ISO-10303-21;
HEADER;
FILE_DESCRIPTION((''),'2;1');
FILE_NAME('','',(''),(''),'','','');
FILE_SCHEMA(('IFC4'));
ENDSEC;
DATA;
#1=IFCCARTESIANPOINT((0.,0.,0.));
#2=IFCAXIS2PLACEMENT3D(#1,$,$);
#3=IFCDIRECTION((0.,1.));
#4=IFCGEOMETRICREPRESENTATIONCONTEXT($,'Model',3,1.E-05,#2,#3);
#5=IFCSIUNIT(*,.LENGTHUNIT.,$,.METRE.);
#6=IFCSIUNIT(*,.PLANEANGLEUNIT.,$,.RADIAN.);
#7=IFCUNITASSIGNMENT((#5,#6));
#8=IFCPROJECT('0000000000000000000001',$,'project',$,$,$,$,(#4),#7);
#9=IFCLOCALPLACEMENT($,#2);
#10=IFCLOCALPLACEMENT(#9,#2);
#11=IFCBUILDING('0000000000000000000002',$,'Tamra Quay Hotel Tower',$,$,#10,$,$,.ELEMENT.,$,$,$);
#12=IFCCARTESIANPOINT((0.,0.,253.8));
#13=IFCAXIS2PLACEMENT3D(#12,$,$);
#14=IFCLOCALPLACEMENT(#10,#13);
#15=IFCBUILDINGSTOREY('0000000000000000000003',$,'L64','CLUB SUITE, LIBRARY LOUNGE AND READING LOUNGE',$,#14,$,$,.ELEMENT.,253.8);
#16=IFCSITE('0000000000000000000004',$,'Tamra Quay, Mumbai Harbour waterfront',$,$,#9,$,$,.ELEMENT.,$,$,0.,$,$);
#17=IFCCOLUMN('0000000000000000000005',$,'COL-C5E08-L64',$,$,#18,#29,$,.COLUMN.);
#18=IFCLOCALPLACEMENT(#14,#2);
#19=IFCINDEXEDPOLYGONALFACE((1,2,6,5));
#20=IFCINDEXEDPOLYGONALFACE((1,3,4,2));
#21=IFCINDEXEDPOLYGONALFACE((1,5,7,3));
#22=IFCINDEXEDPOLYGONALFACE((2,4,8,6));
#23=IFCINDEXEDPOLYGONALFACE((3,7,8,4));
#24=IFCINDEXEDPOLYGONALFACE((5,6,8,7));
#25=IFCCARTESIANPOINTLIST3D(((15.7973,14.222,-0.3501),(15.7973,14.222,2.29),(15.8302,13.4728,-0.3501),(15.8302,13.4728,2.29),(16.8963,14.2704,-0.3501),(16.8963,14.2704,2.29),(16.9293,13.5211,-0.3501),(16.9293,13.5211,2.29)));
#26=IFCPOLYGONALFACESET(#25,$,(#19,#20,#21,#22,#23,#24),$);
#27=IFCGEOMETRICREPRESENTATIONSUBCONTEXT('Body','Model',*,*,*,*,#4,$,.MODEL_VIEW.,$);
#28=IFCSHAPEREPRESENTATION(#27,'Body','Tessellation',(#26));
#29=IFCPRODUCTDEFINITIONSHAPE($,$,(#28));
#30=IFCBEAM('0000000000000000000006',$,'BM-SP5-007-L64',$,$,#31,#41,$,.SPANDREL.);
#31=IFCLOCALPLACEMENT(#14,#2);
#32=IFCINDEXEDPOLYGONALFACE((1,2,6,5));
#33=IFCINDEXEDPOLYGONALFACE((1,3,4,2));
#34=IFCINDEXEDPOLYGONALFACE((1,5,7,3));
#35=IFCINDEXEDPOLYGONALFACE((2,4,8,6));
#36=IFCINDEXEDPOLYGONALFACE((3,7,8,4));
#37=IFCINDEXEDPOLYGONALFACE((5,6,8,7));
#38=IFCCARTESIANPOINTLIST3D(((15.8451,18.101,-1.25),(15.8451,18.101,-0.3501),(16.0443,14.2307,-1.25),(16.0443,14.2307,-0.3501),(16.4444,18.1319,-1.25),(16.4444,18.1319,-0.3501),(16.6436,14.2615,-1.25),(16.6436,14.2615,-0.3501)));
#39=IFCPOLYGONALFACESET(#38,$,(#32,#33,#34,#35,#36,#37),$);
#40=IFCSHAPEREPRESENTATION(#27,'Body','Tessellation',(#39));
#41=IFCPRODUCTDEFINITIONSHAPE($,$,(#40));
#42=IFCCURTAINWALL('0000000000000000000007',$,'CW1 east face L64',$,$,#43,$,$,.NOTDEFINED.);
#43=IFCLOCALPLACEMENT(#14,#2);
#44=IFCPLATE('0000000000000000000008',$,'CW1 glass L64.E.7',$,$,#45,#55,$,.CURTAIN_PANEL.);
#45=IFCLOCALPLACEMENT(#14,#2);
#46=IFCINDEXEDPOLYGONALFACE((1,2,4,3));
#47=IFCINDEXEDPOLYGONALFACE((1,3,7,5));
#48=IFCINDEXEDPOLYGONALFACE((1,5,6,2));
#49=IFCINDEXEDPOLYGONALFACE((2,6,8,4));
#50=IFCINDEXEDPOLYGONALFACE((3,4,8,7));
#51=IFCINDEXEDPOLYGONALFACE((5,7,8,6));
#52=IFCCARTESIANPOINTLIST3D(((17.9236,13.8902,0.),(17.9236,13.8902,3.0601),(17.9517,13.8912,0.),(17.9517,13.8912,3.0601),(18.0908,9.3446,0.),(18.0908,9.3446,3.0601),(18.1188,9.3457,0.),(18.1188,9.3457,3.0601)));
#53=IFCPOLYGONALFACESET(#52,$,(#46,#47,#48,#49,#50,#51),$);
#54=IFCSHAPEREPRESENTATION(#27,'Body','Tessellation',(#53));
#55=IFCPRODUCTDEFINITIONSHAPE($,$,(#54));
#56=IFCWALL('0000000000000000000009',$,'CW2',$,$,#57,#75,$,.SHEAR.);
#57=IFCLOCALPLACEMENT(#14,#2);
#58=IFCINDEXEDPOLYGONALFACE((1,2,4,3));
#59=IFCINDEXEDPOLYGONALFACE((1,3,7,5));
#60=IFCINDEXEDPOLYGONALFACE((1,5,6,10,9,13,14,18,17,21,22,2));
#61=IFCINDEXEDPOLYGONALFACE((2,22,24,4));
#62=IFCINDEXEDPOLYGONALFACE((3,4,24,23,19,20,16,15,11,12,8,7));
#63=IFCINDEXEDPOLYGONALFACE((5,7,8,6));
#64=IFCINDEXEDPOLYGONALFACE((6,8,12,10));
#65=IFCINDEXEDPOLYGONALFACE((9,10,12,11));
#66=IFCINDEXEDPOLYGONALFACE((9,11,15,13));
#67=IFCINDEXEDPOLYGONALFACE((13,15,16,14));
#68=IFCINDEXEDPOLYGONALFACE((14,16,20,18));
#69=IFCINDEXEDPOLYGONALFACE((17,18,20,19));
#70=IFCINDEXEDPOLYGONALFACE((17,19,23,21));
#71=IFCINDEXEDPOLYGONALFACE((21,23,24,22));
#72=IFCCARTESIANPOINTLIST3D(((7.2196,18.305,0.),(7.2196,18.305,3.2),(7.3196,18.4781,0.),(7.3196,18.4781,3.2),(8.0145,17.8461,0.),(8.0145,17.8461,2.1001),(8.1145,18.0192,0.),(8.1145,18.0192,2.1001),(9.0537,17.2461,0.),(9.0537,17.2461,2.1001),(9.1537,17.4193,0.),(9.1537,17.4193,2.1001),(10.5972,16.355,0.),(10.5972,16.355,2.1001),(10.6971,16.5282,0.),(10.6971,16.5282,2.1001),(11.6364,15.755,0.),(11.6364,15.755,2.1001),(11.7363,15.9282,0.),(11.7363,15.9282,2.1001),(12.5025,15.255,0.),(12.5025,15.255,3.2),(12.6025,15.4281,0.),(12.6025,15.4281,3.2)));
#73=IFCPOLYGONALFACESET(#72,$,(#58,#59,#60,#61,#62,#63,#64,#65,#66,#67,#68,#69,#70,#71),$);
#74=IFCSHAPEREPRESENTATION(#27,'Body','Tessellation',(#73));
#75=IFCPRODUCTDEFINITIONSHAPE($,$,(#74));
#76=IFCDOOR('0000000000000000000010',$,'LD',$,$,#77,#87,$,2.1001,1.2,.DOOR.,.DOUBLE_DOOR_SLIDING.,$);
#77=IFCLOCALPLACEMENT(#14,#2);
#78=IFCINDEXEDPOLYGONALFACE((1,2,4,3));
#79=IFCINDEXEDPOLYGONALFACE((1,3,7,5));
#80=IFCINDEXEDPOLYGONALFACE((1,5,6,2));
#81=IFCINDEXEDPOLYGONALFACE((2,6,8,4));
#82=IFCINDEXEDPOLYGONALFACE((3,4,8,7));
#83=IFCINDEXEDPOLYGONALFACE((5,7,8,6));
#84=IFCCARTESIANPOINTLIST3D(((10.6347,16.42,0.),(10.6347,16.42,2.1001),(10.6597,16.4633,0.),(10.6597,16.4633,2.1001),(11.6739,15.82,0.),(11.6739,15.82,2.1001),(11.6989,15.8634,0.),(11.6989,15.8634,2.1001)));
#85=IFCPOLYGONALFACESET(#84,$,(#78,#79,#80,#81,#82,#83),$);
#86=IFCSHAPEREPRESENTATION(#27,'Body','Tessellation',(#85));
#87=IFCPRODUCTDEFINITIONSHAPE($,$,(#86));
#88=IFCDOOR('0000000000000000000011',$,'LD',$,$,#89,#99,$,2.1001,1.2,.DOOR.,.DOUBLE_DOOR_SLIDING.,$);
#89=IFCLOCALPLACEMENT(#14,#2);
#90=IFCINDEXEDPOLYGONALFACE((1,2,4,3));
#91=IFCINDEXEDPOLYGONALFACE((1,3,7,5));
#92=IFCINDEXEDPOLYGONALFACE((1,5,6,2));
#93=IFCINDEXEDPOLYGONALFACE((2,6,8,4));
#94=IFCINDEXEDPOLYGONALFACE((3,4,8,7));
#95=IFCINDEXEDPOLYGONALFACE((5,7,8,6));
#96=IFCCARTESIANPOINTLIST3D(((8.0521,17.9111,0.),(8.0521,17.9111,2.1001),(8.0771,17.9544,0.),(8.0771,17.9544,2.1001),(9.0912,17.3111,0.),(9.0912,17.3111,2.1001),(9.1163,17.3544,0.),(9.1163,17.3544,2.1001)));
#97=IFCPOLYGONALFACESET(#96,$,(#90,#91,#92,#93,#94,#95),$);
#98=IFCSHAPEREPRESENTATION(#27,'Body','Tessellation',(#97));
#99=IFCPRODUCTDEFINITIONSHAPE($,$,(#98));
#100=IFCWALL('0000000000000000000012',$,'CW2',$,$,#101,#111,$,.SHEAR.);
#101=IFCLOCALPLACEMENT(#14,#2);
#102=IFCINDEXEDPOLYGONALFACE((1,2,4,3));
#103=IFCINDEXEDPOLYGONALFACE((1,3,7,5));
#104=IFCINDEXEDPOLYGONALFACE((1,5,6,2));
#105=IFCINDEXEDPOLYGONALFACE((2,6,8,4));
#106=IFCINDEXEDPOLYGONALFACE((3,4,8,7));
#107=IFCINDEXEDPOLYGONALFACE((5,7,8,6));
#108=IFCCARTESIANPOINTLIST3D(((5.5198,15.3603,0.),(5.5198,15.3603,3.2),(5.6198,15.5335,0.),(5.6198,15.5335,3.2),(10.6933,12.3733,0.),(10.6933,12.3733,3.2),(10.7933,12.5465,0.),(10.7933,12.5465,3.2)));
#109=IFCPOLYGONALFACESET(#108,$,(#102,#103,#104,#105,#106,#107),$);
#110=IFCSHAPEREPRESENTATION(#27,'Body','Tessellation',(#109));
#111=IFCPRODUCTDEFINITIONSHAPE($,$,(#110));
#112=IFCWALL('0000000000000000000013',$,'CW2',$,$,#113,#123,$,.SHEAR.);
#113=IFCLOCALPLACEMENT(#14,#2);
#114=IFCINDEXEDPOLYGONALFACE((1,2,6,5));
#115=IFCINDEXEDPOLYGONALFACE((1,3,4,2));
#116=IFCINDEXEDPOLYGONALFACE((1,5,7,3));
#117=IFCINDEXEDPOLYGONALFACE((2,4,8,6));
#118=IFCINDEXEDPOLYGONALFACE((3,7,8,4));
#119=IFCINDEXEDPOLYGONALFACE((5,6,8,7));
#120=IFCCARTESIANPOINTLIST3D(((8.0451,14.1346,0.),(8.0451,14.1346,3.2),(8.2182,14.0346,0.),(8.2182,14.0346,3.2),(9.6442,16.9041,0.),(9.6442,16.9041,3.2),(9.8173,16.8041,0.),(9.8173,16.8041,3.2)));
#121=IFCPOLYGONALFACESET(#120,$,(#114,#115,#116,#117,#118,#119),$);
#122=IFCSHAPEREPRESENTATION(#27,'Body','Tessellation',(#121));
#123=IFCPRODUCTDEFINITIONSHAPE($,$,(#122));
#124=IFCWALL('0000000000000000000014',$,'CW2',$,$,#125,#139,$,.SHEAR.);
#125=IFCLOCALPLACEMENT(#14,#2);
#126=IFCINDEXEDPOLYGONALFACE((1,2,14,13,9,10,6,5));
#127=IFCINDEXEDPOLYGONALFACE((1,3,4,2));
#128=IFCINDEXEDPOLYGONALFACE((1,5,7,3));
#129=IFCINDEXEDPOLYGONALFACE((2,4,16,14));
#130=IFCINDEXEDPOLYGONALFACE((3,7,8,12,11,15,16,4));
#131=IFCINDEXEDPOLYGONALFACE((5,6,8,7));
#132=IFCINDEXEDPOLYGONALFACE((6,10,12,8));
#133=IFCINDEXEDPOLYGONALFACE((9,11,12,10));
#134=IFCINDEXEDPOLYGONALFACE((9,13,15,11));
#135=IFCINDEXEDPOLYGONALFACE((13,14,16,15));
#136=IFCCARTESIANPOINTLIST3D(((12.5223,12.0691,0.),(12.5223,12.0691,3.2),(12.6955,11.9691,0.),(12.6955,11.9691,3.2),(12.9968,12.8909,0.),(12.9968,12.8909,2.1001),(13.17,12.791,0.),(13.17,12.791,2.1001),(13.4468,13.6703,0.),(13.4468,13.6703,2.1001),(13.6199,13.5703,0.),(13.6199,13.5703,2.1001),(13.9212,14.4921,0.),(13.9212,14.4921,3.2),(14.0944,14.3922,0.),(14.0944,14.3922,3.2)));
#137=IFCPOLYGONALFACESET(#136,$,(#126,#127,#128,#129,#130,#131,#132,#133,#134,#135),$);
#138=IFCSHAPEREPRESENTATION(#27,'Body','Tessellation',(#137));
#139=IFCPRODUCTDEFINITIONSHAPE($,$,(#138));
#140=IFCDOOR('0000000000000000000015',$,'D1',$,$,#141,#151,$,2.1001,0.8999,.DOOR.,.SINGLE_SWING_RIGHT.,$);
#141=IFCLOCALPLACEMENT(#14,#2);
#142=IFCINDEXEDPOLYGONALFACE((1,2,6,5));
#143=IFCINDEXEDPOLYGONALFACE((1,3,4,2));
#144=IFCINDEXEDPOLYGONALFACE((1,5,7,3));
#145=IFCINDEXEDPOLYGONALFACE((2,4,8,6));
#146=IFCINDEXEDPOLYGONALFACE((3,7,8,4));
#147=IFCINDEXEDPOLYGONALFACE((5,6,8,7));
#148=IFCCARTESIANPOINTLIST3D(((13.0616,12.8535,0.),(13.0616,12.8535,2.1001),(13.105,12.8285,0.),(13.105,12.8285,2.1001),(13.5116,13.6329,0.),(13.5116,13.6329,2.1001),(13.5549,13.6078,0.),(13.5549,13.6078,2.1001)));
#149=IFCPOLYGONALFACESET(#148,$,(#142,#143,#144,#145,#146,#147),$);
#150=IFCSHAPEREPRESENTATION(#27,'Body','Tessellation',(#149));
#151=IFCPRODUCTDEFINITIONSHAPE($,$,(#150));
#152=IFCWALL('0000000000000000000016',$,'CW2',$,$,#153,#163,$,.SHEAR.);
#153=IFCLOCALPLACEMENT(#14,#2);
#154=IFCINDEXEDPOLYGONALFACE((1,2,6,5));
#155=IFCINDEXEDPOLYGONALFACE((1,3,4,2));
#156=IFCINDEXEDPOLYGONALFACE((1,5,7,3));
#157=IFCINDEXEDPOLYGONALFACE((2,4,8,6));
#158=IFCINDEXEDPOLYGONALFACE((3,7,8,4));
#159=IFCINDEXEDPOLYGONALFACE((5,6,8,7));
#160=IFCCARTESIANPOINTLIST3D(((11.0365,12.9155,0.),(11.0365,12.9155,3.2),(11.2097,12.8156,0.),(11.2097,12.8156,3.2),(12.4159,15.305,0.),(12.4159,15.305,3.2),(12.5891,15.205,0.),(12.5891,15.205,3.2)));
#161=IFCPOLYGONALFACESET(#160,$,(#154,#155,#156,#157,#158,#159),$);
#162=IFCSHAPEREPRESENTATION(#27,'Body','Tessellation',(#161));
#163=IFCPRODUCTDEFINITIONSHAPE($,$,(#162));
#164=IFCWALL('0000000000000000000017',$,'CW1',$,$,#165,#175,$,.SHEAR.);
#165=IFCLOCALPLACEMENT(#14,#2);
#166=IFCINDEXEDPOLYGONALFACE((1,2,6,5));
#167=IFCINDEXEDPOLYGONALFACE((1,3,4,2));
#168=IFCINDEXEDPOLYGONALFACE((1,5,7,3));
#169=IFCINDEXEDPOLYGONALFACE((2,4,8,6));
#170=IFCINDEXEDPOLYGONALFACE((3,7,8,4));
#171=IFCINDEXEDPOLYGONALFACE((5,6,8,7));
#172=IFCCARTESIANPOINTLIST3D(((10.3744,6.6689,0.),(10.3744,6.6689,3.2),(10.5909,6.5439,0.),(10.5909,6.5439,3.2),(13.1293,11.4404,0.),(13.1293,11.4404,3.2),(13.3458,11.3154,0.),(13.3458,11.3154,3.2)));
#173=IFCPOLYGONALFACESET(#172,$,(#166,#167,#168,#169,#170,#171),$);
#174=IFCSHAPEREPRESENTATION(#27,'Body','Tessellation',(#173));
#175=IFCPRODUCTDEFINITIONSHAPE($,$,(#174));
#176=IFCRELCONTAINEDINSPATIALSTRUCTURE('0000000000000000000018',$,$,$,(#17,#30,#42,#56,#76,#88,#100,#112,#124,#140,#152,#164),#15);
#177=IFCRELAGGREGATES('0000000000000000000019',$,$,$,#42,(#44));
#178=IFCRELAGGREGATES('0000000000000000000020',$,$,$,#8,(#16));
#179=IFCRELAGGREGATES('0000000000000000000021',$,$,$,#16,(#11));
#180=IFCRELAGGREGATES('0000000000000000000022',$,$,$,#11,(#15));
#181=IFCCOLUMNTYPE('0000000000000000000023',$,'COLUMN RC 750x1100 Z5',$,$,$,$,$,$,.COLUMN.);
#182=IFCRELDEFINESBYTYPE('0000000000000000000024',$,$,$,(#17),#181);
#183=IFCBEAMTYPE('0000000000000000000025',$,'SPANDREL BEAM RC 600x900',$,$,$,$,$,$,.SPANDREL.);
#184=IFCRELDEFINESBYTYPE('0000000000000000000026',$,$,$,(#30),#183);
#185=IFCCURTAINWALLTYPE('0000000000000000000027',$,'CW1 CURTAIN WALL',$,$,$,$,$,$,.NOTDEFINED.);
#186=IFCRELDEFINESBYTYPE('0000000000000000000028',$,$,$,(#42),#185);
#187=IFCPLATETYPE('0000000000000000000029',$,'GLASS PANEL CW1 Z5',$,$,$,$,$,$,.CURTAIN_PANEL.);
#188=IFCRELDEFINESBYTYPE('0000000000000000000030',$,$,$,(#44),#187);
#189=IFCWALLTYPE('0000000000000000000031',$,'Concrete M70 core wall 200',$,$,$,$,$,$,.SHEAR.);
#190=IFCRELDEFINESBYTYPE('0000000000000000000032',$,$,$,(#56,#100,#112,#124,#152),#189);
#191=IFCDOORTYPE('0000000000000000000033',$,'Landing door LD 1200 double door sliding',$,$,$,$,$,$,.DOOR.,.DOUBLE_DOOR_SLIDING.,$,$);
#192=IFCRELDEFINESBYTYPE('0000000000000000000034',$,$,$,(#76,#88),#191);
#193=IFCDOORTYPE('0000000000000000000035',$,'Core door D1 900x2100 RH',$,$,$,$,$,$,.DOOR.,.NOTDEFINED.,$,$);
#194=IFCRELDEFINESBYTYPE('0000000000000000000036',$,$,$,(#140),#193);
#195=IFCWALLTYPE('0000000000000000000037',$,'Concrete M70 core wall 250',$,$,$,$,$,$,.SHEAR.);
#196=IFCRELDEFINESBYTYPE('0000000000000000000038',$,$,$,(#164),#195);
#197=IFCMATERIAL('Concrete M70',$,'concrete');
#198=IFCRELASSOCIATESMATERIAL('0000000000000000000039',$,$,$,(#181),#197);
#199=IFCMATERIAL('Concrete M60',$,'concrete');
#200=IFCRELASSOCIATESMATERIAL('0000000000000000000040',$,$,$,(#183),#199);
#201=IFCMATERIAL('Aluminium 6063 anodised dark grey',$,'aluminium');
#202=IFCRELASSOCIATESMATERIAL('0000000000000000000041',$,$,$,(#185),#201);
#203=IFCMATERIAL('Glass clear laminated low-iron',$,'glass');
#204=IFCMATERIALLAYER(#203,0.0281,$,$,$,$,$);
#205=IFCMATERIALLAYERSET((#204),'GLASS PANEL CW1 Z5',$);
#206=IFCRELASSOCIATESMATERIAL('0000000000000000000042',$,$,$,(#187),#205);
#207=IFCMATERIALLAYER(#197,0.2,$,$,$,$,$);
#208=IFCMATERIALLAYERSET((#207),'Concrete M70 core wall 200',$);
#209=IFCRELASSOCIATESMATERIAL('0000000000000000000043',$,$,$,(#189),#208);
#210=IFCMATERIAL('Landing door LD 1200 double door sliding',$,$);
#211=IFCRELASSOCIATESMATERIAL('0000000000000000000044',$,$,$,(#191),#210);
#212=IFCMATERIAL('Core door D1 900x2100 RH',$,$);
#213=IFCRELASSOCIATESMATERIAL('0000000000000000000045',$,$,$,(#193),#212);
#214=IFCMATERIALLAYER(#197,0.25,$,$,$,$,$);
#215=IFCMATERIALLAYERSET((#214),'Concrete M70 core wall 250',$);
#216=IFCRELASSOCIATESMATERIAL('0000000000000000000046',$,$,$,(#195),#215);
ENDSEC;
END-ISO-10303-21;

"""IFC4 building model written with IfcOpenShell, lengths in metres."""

from ifc_helpers import new_model, si_unit, direction, frame, frame_2d, origin, origin_2d, place, context, subcontext, project, spatial, rectangle, extrude, material, layer, layer_set, material_profile, profile_set, type_object, element, fill, aggregate, save


model = new_model("IFC4")

# Units and contexts
model_context = context("Model", 3, precision=1e-05, world=origin(), true_north=direction((0.0, 1.0)))
body_context = subcontext(model_context, "Body", "Model", "MODEL_VIEW")
ifc_project = project(units=[si_unit("LENGTHUNIT", "METRE"), si_unit("PLANEANGLEUNIT", "RADIAN")], contexts=[model_context])

# Site, building, storey
site_placement = place(None, origin())
site = spatial("IfcSite", under=ifc_project, at=site_placement, Name="Tamra Quay, Mumbai Harbour waterfront", CompositionType="ELEMENT", RefElevation=0.0)
building_placement = place(site_placement, origin())
building = spatial("IfcBuilding", under=site, at=building_placement, Name="Tamra Quay Hotel Tower", CompositionType="ELEMENT")
storey_placement = place(building_placement, frame((0.0, 0.0, 253.8)))
storey = spatial("IfcBuildingStorey", under=building, at=storey_placement, Name="L64", Description="CLUB SUITE, LIBRARY LOUNGE AND READING LOUNGE", CompositionType="ELEMENT", Elevation=253.8)

# Column
ifc_material_1 = material(Name="Concrete M70", Category="concrete")
ifc_material_profile_1 = material_profile(ifc_material_1, rectangle(XDim=1.1001, YDim=0.75, at=origin_2d()), Name="COLUMN RC 750x1100 Z5")
ifc_profile_set_1 = profile_set([ifc_material_profile_1], Name="Concrete M70")
column_type = type_object("IfcColumnType", Name="COLUMN RC 750x1100 Z5", PredefinedType="COLUMN", material=ifc_profile_set_1)
column_placement = place(storey_placement, frame((16.3633, 13.8716, -0.3501), z_axis=(0.0, 0.0, 1.0), x_axis=(0.999033, 0.043958, 0.0)))
element("IfcColumn", 1, at=column_placement, inside=storey, type_object=column_type, Name="COL-C5E08-L64", PredefinedType="COLUMN", context=body_context, shape_type="SweptSolid", body=[
    extrude(rectangle(XDim=1.1001, YDim=0.75, at=origin_2d()), origin(), (0.0, 0.0, 1.0), 2.6401),
])

# Beam
ifc_material_2 = material(Name="Concrete M60", Category="concrete")
ifc_material_profile_2 = material_profile(ifc_material_2, rectangle(XDim=0.6001, YDim=0.8999, at=origin_2d()), Name="SPANDREL BEAM RC 600x900")
ifc_profile_set_2 = profile_set([ifc_material_profile_2], Name="Concrete M60")
beam_type = type_object("IfcBeamType", Name="SPANDREL BEAM RC 600x900", PredefinedType="SPANDREL", material=ifc_profile_set_2)
beam_placement = place(storey_placement, frame((16.344, 14.2461, -0.8), z_axis=(-0.051405, 0.998678, 0.0), x_axis=(-0.998678, -0.051405, 0.0)))
element("IfcBeam", 2, at=beam_placement, inside=storey, type_object=beam_type, Name="BM-SP5-007-L64", PredefinedType="SPANDREL", context=body_context, shape_type="SweptSolid", body=[
    extrude(rectangle(XDim=0.6001, YDim=0.8999, at=origin_2d()), origin(), (0.0, 0.0, 1.0), 3.8755),
])

# Curtain wall, plate
ifc_material_3 = material(Name="Aluminium 6063 anodised dark grey", Category="aluminium")
curtain_wall_type = type_object("IfcCurtainWallType", Name="CW1 CURTAIN WALL", PredefinedType="NOTDEFINED", material=ifc_material_3)
curtain_wall_placement = place(storey_placement, origin())
curtain_wall = element("IfcCurtainWall", 3, at=curtain_wall_placement, inside=storey, type_object=curtain_wall_type, Name="CW1 east face L64", PredefinedType="NOTDEFINED")
ifc_material_4 = material(Name="Glass clear laminated low-iron", Category="glass")
ifc_layer_1 = layer(ifc_material_4, 0.0281)
ifc_layer_set_1 = layer_set([ifc_layer_1], Name="GLASS PANEL CW1 Z5")
plate_type = type_object("IfcPlateType", Name="GLASS PANEL CW1 Z5", PredefinedType="CURTAIN_PANEL", material=ifc_layer_set_1)
plate_placement = place(storey_placement, frame((18.0212, 11.6179, 0.0), z_axis=(0.0, 0.0, 1.0), x_axis=(-0.036745, 0.999325, 0.0)))
plate = element("IfcPlate", 4, at=plate_placement, type_object=plate_type, Name="CW1 glass L64.E.7", PredefinedType="CURTAIN_PANEL", context=body_context, shape_type="SweptSolid", body=[
    extrude(rectangle(XDim=4.5486, YDim=0.0281, at=origin_2d()), origin(), (0.0, 0.0, 1.0), 3.0601),
])
aggregate(curtain_wall, [plate])

# Wall, openings, doors
ifc_layer_2 = layer(ifc_material_1, 0.2)
ifc_layer_set_2 = layer_set([ifc_layer_2], Name="Concrete M70 core wall 200")
wall_type_1 = type_object("IfcWallType", Name="Concrete M70 core wall 200", PredefinedType="SHEAR", material=ifc_layer_set_2)
wall_1_placement = place(storey_placement, frame((12.5525, 15.3416, 0.0), z_axis=(0.0, 0.0, 1.0), x_axis=(-0.86603, 0.499992, 0.0)))
wall_1 = element("IfcWall", 5, at=wall_1_placement, inside=storey, type_object=wall_type_1, Name="CW2", PredefinedType="SHEAR", context=body_context, shape_type="SweptSolid", body=[
    extrude(rectangle(XDim=6.1001, YDim=0.2, at=frame_2d((3.05, 0.0))), origin(), (0.0, 0.0, 1.0), 3.2),
])
opening_1_placement = place(wall_1_placement, frame((1.0, 0.0, 0.0)))
opening_1 = element("IfcOpeningElement", 6, at=opening_1_placement, cuts=wall_1, PredefinedType="OPENING", context=body_context, shape_type="SweptSolid", body=[
    extrude(rectangle(XDim=1.2, YDim=2.1001, at=frame_2d((0.6001, 1.05))), frame((0.0, 0.1099, 0.0), z_axis=(0.0, -1.0, 0.0), x_axis=(1.0, 0.0, 0.0)), (0.0, 0.0, 1.0), 0.22),
])
opening_2_placement = place(wall_1_placement, frame((3.9822, 0.0, 0.0)))
opening_2 = element("IfcOpeningElement", 7, at=opening_2_placement, cuts=wall_1, PredefinedType="OPENING", context=body_context, shape_type="SweptSolid", body=[
    extrude(rectangle(XDim=1.2, YDim=2.1001, at=frame_2d((0.6001, 1.05))), frame((0.0, 0.1099, 0.0), z_axis=(0.0, -1.0, 0.0), x_axis=(1.0, 0.0, 0.0)), (0.0, 0.0, 1.0), 0.22),
])
ifc_material_5 = material(Name="Landing door LD 1200 double door sliding")
door_type_1 = type_object("IfcDoorType", Name="Landing door LD 1200 double door sliding", OperationType="DOUBLE_DOOR_SLIDING", PredefinedType="DOOR", material=ifc_material_5)
door_1_placement = place(opening_1_placement, origin())
door_1 = element("IfcDoor", 8, at=door_1_placement, inside=storey, type_object=door_type_1, Name="LD", OperationType="DOUBLE_DOOR_SLIDING", OverallHeight=2.1001, OverallWidth=1.2, PredefinedType="DOOR", context=body_context, shape_type="SweptSolid", body=[
    extrude(rectangle(XDim=1.2, YDim=2.1001, at=frame_2d((0.6001, 1.05))), frame((0.0, 0.0249, 0.0), z_axis=(0.0, -1.0, 0.0), x_axis=(1.0, 0.0, 0.0)), (0.0, 0.0, 1.0), 0.05),
])
fill(opening_1, door_1)
door_2_placement = place(opening_2_placement, origin())
door_2 = element("IfcDoor", 9, at=door_2_placement, inside=storey, type_object=door_type_1, Name="LD", OperationType="DOUBLE_DOOR_SLIDING", OverallHeight=2.1001, OverallWidth=1.2, PredefinedType="DOOR", context=body_context, shape_type="SweptSolid", body=[
    extrude(rectangle(XDim=1.2, YDim=2.1001, at=frame_2d((0.6001, 1.05))), frame((0.0, 0.0249, 0.0), z_axis=(0.0, -1.0, 0.0), x_axis=(1.0, 0.0, 0.0)), (0.0, 0.0, 1.0), 0.05),
])
fill(opening_2, door_2)

# Walls
wall_2_placement = place(storey_placement, frame((10.7432, 12.46, 0.0), z_axis=(0.0, 0.0, 1.0), x_axis=(-0.866019, 0.500011, 0.0)))
element("IfcWall", 10, at=wall_2_placement, inside=storey, type_object=wall_type_1, Name="CW2", PredefinedType="SHEAR", context=body_context, shape_type="SweptSolid", body=[
    extrude(rectangle(XDim=5.9739, YDim=0.2, at=frame_2d((2.9868, 0.0))), origin(), (0.0, 0.0, 1.0), 3.2),
])
wall_3_placement = place(storey_placement, frame((8.1316, 14.0845, 0.0), z_axis=(0.0, 0.0, 1.0), x_axis=(0.500031, 0.866008, 0.0)))
element("IfcWall", 11, at=wall_3_placement, inside=storey, type_object=wall_type_1, Name="CW2", PredefinedType="SHEAR", context=body_context, shape_type="SweptSolid", body=[
    extrude(rectangle(XDim=3.198, YDim=0.2, at=frame_2d((1.5991, 0.0))), origin(), (0.0, 0.0, 1.0), 3.2),
])

# Wall, opening, door
wall_4_placement = place(storey_placement, frame((14.0078, 14.4421, 0.0), z_axis=(0.0, 0.0, 1.0), x_axis=(-0.499987, -0.866033, 0.0)))
wall_4 = element("IfcWall", 12, at=wall_4_placement, inside=storey, type_object=wall_type_1, Name="CW2", PredefinedType="SHEAR", context=body_context, shape_type="SweptSolid", body=[
    extrude(rectangle(XDim=2.7979, YDim=0.2, at=frame_2d((1.3989, 0.0))), origin(), (0.0, 0.0, 1.0), 3.2),
])
opening_3_placement = place(wall_4_placement, frame((0.949, 0.0, 0.0)))
opening_3 = element("IfcOpeningElement", 13, at=opening_3_placement, cuts=wall_4, PredefinedType="OPENING", context=body_context, shape_type="SweptSolid", body=[
    extrude(rectangle(XDim=0.8999, YDim=2.1001, at=frame_2d((0.45, 1.05))), frame((0.0, 0.1099, 0.0), z_axis=(0.0, -1.0, 0.0), x_axis=(1.0, 0.0, 0.0)), (0.0, 0.0, 1.0), 0.22),
])
ifc_material_6 = material(Name="Core door D1 900x2100 RH")
door_type_2 = type_object("IfcDoorType", Name="Core door D1 900x2100 RH", OperationType="NOTDEFINED", PredefinedType="DOOR", material=ifc_material_6)
door_3_placement = place(opening_3_placement, origin())
door_3 = element("IfcDoor", 14, at=door_3_placement, inside=storey, type_object=door_type_2, Name="D1", OperationType="SINGLE_SWING_RIGHT", OverallHeight=2.1001, OverallWidth=0.8999, PredefinedType="DOOR", context=body_context, shape_type="SweptSolid", body=[
    extrude(rectangle(XDim=0.8999, YDim=2.1001, at=frame_2d((0.45, 1.05))), frame((0.0, 0.0249, 0.0), z_axis=(0.0, -1.0, 0.0), x_axis=(1.0, 0.0, 0.0)), (0.0, 0.0, 1.0), 0.05),
])
fill(opening_3, door_3)

# Walls
wall_5_placement = place(storey_placement, frame((12.5024, 15.2549, 0.0), z_axis=(0.0, 0.0, 1.0), x_axis=(-0.499965, -0.866046, 0.0)))
element("IfcWall", 15, at=wall_5_placement, inside=storey, type_object=wall_type_1, Name="CW2", PredefinedType="SHEAR", context=body_context, shape_type="SweptSolid", body=[
    extrude(rectangle(XDim=2.759, YDim=0.2, at=frame_2d((1.3794, 0.0))), origin(), (0.0, 0.0, 1.0), 3.2),
])
ifc_layer_3 = layer(ifc_material_1, 0.25)
ifc_layer_set_3 = layer_set([ifc_layer_3], Name="Concrete M70 core wall 250")
wall_type_2 = type_object("IfcWallType", Name="Concrete M70 core wall 250", PredefinedType="SHEAR", material=ifc_layer_set_3)
wall_6_placement = place(storey_placement, frame((13.2375, 11.3779, 0.0), z_axis=(0.0, 0.0, 1.0), x_axis=(-0.500009, -0.86602, 0.0)))
element("IfcWall", 16, at=wall_6_placement, inside=storey, type_object=wall_type_2, Name="CW1", PredefinedType="SHEAR", context=body_context, shape_type="SweptSolid", body=[
    extrude(rectangle(XDim=5.5098, YDim=0.25, at=frame_2d((2.7549, 0.0))), origin(), (0.0, 0.0, 1.0), 3.2),
])

save(model, "model.ifc")
